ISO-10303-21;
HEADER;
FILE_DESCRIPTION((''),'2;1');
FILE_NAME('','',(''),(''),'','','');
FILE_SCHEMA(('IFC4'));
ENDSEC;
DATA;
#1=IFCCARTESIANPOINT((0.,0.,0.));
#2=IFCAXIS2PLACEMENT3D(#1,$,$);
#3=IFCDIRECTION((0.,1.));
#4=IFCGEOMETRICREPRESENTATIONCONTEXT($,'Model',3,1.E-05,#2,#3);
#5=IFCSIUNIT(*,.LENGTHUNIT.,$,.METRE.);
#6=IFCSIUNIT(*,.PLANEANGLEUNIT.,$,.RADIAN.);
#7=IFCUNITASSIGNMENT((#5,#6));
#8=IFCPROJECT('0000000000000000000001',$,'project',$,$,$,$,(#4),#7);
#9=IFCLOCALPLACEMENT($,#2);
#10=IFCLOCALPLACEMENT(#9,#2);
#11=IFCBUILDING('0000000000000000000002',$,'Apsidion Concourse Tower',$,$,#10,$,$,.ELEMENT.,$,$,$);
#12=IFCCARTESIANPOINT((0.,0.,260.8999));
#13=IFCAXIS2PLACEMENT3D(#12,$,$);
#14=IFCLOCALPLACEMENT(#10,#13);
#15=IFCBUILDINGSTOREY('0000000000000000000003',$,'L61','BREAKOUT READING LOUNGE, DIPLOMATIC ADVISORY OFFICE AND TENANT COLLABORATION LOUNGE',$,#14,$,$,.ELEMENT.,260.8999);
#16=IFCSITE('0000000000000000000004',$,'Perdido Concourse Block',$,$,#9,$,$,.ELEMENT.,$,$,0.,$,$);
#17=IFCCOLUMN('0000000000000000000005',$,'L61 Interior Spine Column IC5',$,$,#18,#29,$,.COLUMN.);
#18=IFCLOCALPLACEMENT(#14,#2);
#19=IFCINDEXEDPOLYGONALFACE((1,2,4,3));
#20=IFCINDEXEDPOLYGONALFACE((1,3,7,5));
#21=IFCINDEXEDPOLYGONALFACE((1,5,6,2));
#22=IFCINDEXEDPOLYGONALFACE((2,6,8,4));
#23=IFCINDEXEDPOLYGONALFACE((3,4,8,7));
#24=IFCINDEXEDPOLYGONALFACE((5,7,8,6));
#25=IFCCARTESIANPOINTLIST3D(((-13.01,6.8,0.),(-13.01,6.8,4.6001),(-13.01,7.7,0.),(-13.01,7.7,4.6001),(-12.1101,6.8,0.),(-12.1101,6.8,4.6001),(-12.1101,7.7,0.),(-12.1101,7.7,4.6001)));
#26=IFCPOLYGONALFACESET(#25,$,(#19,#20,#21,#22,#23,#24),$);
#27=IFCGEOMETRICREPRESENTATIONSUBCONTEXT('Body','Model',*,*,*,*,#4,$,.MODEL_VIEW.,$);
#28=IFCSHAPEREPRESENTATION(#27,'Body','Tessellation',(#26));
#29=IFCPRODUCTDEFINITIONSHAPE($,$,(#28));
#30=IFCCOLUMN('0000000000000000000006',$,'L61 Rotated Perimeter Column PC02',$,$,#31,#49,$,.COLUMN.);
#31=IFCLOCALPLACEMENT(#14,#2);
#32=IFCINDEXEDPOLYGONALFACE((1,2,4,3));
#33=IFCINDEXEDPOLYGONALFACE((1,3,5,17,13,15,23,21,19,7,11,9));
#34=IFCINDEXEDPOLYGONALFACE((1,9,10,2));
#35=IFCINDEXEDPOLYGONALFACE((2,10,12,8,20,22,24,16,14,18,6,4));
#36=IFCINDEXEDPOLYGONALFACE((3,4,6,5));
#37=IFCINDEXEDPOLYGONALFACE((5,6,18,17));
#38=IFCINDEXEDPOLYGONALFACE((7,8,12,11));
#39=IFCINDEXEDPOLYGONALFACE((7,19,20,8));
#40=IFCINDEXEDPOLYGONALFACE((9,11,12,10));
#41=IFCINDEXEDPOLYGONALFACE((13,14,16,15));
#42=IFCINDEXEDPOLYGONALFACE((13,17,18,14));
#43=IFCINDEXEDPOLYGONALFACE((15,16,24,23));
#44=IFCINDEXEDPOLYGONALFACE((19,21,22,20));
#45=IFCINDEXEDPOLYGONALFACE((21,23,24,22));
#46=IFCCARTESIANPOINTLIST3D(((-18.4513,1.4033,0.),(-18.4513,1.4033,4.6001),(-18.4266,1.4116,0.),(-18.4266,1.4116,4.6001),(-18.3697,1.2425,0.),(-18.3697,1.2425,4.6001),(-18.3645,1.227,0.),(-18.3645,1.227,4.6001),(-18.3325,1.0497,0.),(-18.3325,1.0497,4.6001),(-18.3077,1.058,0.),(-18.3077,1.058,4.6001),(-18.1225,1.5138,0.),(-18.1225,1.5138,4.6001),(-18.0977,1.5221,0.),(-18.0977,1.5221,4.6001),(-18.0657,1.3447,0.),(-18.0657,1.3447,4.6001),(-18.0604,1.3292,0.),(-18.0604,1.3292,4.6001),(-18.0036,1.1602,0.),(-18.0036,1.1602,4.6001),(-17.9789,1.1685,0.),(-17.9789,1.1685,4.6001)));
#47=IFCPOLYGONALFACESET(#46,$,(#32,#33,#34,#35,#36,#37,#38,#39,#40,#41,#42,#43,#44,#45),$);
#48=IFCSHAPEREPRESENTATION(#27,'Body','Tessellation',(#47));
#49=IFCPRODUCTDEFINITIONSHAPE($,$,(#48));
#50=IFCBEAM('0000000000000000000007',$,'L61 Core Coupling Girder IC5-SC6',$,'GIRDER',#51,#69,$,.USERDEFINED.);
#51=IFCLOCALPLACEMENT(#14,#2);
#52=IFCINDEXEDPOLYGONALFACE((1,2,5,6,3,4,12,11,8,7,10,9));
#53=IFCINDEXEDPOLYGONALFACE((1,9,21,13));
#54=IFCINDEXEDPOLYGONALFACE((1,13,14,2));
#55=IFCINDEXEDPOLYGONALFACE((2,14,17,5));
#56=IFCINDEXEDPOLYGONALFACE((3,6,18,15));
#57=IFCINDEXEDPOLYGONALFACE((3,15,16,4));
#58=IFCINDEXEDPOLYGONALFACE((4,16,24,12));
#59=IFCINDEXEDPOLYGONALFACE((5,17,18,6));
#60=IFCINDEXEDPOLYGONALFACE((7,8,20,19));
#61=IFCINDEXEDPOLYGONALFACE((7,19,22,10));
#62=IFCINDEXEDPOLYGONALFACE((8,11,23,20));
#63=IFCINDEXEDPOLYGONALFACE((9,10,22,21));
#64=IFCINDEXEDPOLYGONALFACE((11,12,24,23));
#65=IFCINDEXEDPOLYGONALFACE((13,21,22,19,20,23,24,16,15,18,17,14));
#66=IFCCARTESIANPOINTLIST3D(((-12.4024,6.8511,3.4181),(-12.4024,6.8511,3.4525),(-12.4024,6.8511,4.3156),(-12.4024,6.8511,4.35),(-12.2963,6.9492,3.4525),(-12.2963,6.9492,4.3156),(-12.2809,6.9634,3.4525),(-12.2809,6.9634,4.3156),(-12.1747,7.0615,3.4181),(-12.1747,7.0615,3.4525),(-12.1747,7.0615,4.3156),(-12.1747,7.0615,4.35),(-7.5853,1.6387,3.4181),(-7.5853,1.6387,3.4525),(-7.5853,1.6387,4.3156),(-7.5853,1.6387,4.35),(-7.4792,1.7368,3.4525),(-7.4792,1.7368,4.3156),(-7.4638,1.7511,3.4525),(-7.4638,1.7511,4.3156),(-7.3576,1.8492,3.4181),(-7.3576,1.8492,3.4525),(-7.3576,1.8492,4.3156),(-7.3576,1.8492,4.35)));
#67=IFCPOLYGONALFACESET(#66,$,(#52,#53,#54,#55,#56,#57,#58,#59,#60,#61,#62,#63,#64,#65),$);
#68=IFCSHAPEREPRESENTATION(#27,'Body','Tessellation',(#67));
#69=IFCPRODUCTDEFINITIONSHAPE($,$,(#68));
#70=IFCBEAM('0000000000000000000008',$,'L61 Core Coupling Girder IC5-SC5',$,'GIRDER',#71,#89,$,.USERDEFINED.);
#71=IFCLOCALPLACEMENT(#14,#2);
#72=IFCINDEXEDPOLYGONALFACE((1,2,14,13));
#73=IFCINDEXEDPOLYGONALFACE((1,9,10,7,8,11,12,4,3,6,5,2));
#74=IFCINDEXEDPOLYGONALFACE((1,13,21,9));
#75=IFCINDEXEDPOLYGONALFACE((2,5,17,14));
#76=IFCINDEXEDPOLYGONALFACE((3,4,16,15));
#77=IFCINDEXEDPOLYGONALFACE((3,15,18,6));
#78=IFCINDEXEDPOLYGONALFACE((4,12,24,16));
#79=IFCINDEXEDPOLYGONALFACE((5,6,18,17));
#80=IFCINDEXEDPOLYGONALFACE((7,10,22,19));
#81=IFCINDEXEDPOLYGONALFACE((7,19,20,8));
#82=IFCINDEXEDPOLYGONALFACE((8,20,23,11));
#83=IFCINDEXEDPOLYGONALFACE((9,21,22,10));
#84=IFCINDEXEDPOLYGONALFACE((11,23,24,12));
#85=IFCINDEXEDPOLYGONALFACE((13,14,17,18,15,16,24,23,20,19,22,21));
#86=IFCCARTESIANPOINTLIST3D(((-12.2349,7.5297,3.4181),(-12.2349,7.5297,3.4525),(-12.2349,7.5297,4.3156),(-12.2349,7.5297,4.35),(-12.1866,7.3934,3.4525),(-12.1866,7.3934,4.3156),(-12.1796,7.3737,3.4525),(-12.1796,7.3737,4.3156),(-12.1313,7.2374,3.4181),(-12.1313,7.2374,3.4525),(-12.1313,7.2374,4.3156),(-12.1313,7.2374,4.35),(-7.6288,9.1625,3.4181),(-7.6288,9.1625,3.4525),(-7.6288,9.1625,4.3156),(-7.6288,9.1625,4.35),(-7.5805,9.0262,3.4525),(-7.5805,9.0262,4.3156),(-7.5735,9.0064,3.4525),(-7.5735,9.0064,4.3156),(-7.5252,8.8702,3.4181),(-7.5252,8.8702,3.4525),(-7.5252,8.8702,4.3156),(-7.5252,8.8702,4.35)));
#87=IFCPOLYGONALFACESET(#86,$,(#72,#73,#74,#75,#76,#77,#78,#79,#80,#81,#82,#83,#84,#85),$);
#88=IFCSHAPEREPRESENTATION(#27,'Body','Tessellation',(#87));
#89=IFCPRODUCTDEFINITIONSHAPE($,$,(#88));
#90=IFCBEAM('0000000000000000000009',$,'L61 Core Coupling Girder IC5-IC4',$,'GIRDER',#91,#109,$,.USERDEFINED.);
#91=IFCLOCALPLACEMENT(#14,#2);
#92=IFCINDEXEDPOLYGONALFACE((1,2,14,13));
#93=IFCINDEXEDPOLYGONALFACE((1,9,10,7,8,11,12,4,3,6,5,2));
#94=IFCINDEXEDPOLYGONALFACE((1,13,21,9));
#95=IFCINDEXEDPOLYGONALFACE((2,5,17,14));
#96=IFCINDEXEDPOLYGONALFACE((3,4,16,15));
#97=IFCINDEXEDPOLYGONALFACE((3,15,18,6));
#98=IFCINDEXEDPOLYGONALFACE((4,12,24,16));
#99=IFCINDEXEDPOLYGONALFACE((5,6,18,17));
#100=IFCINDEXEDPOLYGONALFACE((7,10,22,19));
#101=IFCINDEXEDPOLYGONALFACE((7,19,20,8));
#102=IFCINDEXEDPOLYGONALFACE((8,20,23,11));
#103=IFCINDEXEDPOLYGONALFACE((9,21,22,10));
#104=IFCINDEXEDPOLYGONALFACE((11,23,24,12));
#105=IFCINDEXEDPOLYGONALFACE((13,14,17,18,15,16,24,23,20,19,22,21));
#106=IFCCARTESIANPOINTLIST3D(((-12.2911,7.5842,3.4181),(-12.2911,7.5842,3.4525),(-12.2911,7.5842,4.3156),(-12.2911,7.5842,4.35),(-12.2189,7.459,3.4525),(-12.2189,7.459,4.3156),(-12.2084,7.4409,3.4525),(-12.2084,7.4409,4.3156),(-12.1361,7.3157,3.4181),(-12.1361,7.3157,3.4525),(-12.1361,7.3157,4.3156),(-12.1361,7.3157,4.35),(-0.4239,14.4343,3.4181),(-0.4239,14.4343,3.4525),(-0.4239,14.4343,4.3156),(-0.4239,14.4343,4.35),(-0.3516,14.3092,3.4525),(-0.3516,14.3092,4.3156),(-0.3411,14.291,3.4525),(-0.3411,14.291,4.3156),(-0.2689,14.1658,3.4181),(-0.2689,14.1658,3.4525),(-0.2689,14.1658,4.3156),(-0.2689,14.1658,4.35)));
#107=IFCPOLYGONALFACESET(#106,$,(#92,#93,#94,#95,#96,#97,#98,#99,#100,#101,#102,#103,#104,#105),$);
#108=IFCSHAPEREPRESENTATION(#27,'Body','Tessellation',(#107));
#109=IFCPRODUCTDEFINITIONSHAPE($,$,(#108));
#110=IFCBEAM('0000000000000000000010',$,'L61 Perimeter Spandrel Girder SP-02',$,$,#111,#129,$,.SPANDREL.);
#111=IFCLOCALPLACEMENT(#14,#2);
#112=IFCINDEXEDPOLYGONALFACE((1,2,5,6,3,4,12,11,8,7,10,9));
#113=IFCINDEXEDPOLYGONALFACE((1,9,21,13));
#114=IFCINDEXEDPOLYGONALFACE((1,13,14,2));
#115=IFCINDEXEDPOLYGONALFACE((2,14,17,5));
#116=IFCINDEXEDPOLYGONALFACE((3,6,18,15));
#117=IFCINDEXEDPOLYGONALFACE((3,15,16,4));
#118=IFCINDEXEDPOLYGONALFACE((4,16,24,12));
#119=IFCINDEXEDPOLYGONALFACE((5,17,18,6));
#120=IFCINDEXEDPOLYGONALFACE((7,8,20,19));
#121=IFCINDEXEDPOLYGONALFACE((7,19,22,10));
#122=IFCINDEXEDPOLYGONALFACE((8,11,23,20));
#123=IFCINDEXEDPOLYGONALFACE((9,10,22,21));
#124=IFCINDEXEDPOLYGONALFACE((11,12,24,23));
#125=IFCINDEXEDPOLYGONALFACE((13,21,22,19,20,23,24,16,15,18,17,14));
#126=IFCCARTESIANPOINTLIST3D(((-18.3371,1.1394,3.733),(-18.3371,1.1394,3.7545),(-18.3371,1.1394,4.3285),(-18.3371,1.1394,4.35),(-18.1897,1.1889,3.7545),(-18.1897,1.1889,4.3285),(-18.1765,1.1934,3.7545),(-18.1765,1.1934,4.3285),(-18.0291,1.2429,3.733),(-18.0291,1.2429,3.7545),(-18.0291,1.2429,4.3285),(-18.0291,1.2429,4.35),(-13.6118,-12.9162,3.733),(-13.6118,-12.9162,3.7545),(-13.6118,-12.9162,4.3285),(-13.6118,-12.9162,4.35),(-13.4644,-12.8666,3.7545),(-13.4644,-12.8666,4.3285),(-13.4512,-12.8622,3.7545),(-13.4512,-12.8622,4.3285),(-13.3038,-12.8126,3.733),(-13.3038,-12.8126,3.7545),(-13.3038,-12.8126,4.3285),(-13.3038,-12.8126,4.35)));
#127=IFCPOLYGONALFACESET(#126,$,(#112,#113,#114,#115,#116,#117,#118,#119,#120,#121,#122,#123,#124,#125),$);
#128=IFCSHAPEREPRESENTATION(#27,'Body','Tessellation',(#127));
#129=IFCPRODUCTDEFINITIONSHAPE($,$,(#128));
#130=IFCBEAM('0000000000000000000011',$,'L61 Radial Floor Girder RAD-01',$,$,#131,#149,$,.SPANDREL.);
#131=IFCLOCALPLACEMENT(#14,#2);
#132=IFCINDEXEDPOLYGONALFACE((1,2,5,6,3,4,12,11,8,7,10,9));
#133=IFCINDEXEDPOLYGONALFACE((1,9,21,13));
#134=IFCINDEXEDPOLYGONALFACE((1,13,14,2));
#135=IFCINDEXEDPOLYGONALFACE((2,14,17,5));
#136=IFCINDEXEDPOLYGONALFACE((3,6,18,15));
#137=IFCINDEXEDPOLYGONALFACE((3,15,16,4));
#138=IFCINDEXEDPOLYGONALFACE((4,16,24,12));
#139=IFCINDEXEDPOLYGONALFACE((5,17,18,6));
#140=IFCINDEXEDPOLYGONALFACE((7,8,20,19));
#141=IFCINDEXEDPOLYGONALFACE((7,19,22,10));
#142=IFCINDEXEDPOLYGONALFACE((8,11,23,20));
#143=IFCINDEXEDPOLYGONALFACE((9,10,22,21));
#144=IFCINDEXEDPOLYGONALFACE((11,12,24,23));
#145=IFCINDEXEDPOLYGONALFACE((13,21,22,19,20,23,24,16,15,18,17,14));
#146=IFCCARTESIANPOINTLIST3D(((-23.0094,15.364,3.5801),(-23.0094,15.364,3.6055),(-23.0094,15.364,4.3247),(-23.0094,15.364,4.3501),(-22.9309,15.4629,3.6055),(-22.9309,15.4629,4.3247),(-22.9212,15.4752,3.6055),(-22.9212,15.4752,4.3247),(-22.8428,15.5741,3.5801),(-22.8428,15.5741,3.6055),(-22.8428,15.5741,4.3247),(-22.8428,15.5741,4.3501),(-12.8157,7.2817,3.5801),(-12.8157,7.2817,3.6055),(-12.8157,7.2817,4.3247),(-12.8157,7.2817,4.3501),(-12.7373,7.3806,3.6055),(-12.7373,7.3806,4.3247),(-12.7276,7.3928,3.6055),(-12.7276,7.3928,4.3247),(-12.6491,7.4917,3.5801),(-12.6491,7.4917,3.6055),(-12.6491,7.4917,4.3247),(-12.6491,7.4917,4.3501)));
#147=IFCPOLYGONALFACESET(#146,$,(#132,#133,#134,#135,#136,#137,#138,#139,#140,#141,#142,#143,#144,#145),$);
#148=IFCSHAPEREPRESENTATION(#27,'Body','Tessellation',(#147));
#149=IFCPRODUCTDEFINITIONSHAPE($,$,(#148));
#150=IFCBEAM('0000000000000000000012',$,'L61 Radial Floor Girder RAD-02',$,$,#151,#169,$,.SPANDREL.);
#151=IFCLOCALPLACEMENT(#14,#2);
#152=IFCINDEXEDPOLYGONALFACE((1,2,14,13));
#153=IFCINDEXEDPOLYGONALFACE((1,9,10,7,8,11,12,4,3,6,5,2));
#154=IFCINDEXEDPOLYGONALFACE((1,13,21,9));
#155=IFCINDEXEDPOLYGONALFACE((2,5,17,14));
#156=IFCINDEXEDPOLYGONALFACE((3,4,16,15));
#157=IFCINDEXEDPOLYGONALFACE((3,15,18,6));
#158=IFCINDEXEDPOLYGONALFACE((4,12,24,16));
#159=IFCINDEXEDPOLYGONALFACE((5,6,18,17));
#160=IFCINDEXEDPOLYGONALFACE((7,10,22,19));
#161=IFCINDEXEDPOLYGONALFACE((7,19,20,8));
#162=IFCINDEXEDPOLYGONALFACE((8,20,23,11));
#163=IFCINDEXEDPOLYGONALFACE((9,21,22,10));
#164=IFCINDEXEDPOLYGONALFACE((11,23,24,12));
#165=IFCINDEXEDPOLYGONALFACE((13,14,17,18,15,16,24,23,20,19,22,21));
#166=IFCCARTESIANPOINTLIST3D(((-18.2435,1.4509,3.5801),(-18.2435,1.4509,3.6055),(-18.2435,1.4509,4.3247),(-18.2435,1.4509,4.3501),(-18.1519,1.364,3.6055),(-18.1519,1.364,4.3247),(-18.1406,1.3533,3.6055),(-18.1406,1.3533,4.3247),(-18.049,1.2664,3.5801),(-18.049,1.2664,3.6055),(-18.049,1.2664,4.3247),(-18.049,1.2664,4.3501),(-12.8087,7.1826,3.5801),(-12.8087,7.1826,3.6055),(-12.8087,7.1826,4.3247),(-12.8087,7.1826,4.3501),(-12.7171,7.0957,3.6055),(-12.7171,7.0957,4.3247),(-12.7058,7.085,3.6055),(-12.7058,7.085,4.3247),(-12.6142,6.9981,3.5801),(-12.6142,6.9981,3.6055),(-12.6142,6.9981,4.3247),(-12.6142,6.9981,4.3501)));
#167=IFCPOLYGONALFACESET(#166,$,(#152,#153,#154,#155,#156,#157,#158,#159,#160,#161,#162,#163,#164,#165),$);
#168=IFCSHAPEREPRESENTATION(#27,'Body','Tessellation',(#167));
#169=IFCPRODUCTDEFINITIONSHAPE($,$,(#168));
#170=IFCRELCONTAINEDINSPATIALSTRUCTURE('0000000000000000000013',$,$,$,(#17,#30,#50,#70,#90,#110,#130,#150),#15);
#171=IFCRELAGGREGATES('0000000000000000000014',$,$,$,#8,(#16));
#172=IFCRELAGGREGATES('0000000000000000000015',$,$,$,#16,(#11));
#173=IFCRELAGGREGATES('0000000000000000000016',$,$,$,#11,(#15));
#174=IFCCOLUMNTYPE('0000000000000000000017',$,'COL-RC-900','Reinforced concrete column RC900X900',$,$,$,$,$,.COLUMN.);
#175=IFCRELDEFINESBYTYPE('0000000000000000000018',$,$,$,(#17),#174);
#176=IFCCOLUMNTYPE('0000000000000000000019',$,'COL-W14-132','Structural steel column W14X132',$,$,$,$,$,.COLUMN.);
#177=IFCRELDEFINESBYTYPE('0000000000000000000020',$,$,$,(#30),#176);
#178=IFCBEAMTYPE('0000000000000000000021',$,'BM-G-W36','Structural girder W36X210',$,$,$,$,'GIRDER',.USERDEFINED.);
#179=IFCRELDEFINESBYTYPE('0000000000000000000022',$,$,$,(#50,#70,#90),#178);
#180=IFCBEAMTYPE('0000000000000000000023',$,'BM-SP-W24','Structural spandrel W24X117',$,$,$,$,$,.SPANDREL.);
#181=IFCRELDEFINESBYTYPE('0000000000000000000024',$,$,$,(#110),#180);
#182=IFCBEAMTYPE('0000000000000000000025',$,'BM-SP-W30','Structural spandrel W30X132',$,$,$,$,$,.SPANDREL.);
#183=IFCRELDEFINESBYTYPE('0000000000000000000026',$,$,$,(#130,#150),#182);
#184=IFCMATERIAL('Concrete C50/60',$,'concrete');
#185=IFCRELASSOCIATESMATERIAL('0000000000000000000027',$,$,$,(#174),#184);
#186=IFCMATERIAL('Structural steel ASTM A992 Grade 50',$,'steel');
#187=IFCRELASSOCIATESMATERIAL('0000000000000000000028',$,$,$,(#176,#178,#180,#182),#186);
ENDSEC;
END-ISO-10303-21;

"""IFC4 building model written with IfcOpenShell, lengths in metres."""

from ifc_helpers import new_model, si_unit, direction, frame, origin, origin_2d, place, context, subcontext, project, spatial, rectangle, i_section, extrude, material, material_profile, profile_set, type_object, element, save


model = new_model("IFC4")

# Units and contexts
model_context = context("Model", 3, precision=1e-05, world=origin(), true_north=direction((0.0, 1.0)))
body_context = subcontext(model_context, "Body", "Model", "MODEL_VIEW")
ifc_project = project(units=[si_unit("LENGTHUNIT", "METRE"), si_unit("PLANEANGLEUNIT", "RADIAN")], contexts=[model_context])

# Site, building, storey
site_placement = place(None, origin())
site = spatial("IfcSite", under=ifc_project, at=site_placement, Name="Perdido Concourse Block", CompositionType="ELEMENT", RefElevation=0.0)
building_placement = place(site_placement, origin())
building = spatial("IfcBuilding", under=site, at=building_placement, Name="Apsidion Concourse Tower", CompositionType="ELEMENT")
storey_placement = place(building_placement, frame((0.0, 0.0, 260.8999)))
storey = spatial("IfcBuildingStorey", under=building, at=storey_placement, Name="L61", Description="BREAKOUT READING LOUNGE, DIPLOMATIC ADVISORY OFFICE AND TENANT COLLABORATION LOUNGE", CompositionType="ELEMENT", Elevation=260.8999)

# Columns
ifc_material_1 = material(Name="Concrete C50/60", Category="concrete")
ifc_material_profile_1 = material_profile(ifc_material_1, rectangle(XDim=0.8999, YDim=0.8999, at=origin_2d()), Name="RC 900x900")
ifc_profile_set_1 = profile_set([ifc_material_profile_1], Name="Concrete C50/60")
column_type_1 = type_object("IfcColumnType", Name="COL-RC-900", Description="Reinforced concrete column RC900X900", PredefinedType="COLUMN", material=ifc_profile_set_1)
column_1_placement = place(storey_placement, frame((-12.5601, 7.25, 0.0), z_axis=(0.0, 0.0, 1.0), x_axis=(1.0, 0.0, 0.0)))
element("IfcColumn", 1, at=column_1_placement, inside=storey, type_object=column_type_1, Name="L61 Interior Spine Column IC5", PredefinedType="COLUMN", context=body_context, shape_type="SweptSolid", body=[
    extrude(rectangle(XDim=0.8999, YDim=0.8999, at=origin_2d()), origin(), (0.0, 0.0, 1.0), 4.6001),
])
ifc_material_2 = material(Name="Structural steel ASTM A992 Grade 50", Category="steel")
ifc_material_profile_2 = material_profile(ifc_material_2, i_section(OverallWidth=0.373, OverallDepth=0.373, WebThickness=0.0164, FlangeThickness=0.0261, at=origin_2d()), Name="W14X132")
ifc_profile_set_2 = profile_set([ifc_material_profile_2], Name="Structural steel ASTM A992 Grade 50")
column_type_2 = type_object("IfcColumnType", Name="COL-W14-132", Description="Structural steel column W14X132", PredefinedType="COLUMN", material=ifc_profile_set_2)
column_2_placement = place(storey_placement, frame((-18.2151, 1.2859, 0.0), z_axis=(0.0, 0.0, 1.0), x_axis=(-0.318628, 0.94788, 0.0)))
element("IfcColumn", 2, at=column_2_placement, inside=storey, type_object=column_type_2, Name="L61 Rotated Perimeter Column PC02", PredefinedType="COLUMN", context=body_context, shape_type="SweptSolid", body=[
    extrude(i_section(OverallWidth=0.373, OverallDepth=0.373, WebThickness=0.0164, FlangeThickness=0.0261, at=origin_2d()), origin(), (0.0, 0.0, 1.0), 4.6001),
])

# Beams
ifc_material_profile_3 = material_profile(ifc_material_2, i_section(OverallWidth=0.3101, OverallDepth=0.9319, WebThickness=0.021, FlangeThickness=0.0344, at=origin_2d()), Name="W36X210")
ifc_profile_set_3 = profile_set([ifc_material_profile_3], Name="Structural steel ASTM A992 Grade 50")
beam_type_1 = type_object("IfcBeamType", Name="BM-G-W36", Description="Structural girder W36X210", ElementType="GIRDER", PredefinedType="USERDEFINED", material=ifc_profile_set_3)
beam_1_placement = place(storey_placement, frame((-12.2886, 6.9563, 3.884), z_axis=(0.678713, -0.734404, 0.0), x_axis=(0.734404, 0.678713, 0.0)))
element("IfcBeam", 3, at=beam_1_placement, inside=storey, type_object=beam_type_1, Name="L61 Core Coupling Girder IC5-SC6", ObjectType="GIRDER", PredefinedType="USERDEFINED", context=body_context, shape_type="SweptSolid", body=[
    extrude(i_section(OverallWidth=0.3101, OverallDepth=0.9319, WebThickness=0.021, FlangeThickness=0.0344, at=origin_2d()), origin(), (0.0, 0.0, 1.0), 7.0974),
])
beam_2_placement = place(storey_placement, frame((-12.1831, 7.3835, 3.884), z_axis=(0.942534, 0.334111, 0.0), x_axis=(-0.334111, 0.942534, 0.0)))
element("IfcBeam", 4, at=beam_2_placement, inside=storey, type_object=beam_type_1, Name="L61 Core Coupling Girder IC5-SC5", ObjectType="GIRDER", PredefinedType="USERDEFINED", context=body_context, shape_type="SweptSolid", body=[
    extrude(i_section(OverallWidth=0.3101, OverallDepth=0.9319, WebThickness=0.021, FlangeThickness=0.0344, at=origin_2d()), origin(), (0.0, 0.0, 1.0), 4.887),
])
beam_3_placement = place(storey_placement, frame((-12.2136, 7.45, 3.884), z_axis=(0.86607, 0.499922, 0.0), x_axis=(-0.499922, 0.86607, 0.0)))
element("IfcBeam", 5, at=beam_3_placement, inside=storey, type_object=beam_type_1, Name="L61 Core Coupling Girder IC5-IC4", ObjectType="GIRDER", PredefinedType="USERDEFINED", context=body_context, shape_type="SweptSolid", body=[
    extrude(i_section(OverallWidth=0.3101, OverallDepth=0.9319, WebThickness=0.021, FlangeThickness=0.0344, at=origin_2d()), origin(), (0.0, 0.0, 1.0), 13.7024),
])
ifc_material_profile_4 = material_profile(ifc_material_2, i_section(OverallWidth=0.325, OverallDepth=0.6169, WebThickness=0.0139, FlangeThickness=0.0215, at=origin_2d()), Name="W24X117")
ifc_profile_set_4 = profile_set([ifc_material_profile_4], Name="Structural steel ASTM A992 Grade 50")
beam_type_2 = type_object("IfcBeamType", Name="BM-SP-W24", Description="Structural spandrel W24X117", PredefinedType="SPANDREL", material=ifc_profile_set_4)
beam_4_placement = place(storey_placement, frame((-18.1831, 1.1912, 4.0415), z_axis=(0.318662, -0.947868, 0.0), x_axis=(0.947868, 0.318662, 0.0)))
element("IfcBeam", 6, at=beam_4_placement, inside=storey, type_object=beam_type_2, Name="L61 Perimeter Spandrel Girder SP-02", PredefinedType="SPANDREL", context=body_context, shape_type="SweptSolid", body=[
    extrude(i_section(OverallWidth=0.325, OverallDepth=0.6169, WebThickness=0.0139, FlangeThickness=0.0215, at=origin_2d()), origin(), (0.0, 0.0, 1.0), 14.8286),
])
ifc_material_profile_5 = material_profile(ifc_material_2, i_section(OverallWidth=0.2681, OverallDepth=0.77, WebThickness=0.0156, FlangeThickness=0.0254, at=origin_2d()), Name="W30X132")
ifc_profile_set_5 = profile_set([ifc_material_profile_5], Name="Structural steel ASTM A992 Grade 50")
beam_type_3 = type_object("IfcBeamType", Name="BM-SP-W30", Description="Structural spandrel W30X132", PredefinedType="SPANDREL", material=ifc_profile_set_5)
beam_5_placement = place(storey_placement, frame((-12.7324, 7.3867, 3.9651), z_axis=(-0.783584, 0.621286, 0.0), x_axis=(-0.621286, -0.783584, 0.0)))
element("IfcBeam", 7, at=beam_5_placement, inside=storey, type_object=beam_type_3, Name="L61 Radial Floor Girder RAD-01", PredefinedType="SPANDREL", context=body_context, shape_type="SweptSolid", body=[
    extrude(i_section(OverallWidth=0.2681, OverallDepth=0.77, WebThickness=0.0156, FlangeThickness=0.0254, at=origin_2d()), origin(), (0.0, 0.0, 1.0), 13.009),
])
beam_6_placement = place(storey_placement, frame((-12.7114, 7.0903, 3.9651), z_axis=(-0.688064, -0.72565, 0.0), x_axis=(0.72565, -0.688064, 0.0)))
element("IfcBeam", 8, at=beam_6_placement, inside=storey, type_object=beam_type_3, Name="L61 Radial Floor Girder RAD-02", PredefinedType="SPANDREL", context=body_context, shape_type="SweptSolid", body=[
    extrude(i_section(OverallWidth=0.2681, OverallDepth=0.77, WebThickness=0.0156, FlangeThickness=0.0254, at=origin_2d()), origin(), (0.0, 0.0, 1.0), 7.8987),
])

save(model, "model.ifc")
